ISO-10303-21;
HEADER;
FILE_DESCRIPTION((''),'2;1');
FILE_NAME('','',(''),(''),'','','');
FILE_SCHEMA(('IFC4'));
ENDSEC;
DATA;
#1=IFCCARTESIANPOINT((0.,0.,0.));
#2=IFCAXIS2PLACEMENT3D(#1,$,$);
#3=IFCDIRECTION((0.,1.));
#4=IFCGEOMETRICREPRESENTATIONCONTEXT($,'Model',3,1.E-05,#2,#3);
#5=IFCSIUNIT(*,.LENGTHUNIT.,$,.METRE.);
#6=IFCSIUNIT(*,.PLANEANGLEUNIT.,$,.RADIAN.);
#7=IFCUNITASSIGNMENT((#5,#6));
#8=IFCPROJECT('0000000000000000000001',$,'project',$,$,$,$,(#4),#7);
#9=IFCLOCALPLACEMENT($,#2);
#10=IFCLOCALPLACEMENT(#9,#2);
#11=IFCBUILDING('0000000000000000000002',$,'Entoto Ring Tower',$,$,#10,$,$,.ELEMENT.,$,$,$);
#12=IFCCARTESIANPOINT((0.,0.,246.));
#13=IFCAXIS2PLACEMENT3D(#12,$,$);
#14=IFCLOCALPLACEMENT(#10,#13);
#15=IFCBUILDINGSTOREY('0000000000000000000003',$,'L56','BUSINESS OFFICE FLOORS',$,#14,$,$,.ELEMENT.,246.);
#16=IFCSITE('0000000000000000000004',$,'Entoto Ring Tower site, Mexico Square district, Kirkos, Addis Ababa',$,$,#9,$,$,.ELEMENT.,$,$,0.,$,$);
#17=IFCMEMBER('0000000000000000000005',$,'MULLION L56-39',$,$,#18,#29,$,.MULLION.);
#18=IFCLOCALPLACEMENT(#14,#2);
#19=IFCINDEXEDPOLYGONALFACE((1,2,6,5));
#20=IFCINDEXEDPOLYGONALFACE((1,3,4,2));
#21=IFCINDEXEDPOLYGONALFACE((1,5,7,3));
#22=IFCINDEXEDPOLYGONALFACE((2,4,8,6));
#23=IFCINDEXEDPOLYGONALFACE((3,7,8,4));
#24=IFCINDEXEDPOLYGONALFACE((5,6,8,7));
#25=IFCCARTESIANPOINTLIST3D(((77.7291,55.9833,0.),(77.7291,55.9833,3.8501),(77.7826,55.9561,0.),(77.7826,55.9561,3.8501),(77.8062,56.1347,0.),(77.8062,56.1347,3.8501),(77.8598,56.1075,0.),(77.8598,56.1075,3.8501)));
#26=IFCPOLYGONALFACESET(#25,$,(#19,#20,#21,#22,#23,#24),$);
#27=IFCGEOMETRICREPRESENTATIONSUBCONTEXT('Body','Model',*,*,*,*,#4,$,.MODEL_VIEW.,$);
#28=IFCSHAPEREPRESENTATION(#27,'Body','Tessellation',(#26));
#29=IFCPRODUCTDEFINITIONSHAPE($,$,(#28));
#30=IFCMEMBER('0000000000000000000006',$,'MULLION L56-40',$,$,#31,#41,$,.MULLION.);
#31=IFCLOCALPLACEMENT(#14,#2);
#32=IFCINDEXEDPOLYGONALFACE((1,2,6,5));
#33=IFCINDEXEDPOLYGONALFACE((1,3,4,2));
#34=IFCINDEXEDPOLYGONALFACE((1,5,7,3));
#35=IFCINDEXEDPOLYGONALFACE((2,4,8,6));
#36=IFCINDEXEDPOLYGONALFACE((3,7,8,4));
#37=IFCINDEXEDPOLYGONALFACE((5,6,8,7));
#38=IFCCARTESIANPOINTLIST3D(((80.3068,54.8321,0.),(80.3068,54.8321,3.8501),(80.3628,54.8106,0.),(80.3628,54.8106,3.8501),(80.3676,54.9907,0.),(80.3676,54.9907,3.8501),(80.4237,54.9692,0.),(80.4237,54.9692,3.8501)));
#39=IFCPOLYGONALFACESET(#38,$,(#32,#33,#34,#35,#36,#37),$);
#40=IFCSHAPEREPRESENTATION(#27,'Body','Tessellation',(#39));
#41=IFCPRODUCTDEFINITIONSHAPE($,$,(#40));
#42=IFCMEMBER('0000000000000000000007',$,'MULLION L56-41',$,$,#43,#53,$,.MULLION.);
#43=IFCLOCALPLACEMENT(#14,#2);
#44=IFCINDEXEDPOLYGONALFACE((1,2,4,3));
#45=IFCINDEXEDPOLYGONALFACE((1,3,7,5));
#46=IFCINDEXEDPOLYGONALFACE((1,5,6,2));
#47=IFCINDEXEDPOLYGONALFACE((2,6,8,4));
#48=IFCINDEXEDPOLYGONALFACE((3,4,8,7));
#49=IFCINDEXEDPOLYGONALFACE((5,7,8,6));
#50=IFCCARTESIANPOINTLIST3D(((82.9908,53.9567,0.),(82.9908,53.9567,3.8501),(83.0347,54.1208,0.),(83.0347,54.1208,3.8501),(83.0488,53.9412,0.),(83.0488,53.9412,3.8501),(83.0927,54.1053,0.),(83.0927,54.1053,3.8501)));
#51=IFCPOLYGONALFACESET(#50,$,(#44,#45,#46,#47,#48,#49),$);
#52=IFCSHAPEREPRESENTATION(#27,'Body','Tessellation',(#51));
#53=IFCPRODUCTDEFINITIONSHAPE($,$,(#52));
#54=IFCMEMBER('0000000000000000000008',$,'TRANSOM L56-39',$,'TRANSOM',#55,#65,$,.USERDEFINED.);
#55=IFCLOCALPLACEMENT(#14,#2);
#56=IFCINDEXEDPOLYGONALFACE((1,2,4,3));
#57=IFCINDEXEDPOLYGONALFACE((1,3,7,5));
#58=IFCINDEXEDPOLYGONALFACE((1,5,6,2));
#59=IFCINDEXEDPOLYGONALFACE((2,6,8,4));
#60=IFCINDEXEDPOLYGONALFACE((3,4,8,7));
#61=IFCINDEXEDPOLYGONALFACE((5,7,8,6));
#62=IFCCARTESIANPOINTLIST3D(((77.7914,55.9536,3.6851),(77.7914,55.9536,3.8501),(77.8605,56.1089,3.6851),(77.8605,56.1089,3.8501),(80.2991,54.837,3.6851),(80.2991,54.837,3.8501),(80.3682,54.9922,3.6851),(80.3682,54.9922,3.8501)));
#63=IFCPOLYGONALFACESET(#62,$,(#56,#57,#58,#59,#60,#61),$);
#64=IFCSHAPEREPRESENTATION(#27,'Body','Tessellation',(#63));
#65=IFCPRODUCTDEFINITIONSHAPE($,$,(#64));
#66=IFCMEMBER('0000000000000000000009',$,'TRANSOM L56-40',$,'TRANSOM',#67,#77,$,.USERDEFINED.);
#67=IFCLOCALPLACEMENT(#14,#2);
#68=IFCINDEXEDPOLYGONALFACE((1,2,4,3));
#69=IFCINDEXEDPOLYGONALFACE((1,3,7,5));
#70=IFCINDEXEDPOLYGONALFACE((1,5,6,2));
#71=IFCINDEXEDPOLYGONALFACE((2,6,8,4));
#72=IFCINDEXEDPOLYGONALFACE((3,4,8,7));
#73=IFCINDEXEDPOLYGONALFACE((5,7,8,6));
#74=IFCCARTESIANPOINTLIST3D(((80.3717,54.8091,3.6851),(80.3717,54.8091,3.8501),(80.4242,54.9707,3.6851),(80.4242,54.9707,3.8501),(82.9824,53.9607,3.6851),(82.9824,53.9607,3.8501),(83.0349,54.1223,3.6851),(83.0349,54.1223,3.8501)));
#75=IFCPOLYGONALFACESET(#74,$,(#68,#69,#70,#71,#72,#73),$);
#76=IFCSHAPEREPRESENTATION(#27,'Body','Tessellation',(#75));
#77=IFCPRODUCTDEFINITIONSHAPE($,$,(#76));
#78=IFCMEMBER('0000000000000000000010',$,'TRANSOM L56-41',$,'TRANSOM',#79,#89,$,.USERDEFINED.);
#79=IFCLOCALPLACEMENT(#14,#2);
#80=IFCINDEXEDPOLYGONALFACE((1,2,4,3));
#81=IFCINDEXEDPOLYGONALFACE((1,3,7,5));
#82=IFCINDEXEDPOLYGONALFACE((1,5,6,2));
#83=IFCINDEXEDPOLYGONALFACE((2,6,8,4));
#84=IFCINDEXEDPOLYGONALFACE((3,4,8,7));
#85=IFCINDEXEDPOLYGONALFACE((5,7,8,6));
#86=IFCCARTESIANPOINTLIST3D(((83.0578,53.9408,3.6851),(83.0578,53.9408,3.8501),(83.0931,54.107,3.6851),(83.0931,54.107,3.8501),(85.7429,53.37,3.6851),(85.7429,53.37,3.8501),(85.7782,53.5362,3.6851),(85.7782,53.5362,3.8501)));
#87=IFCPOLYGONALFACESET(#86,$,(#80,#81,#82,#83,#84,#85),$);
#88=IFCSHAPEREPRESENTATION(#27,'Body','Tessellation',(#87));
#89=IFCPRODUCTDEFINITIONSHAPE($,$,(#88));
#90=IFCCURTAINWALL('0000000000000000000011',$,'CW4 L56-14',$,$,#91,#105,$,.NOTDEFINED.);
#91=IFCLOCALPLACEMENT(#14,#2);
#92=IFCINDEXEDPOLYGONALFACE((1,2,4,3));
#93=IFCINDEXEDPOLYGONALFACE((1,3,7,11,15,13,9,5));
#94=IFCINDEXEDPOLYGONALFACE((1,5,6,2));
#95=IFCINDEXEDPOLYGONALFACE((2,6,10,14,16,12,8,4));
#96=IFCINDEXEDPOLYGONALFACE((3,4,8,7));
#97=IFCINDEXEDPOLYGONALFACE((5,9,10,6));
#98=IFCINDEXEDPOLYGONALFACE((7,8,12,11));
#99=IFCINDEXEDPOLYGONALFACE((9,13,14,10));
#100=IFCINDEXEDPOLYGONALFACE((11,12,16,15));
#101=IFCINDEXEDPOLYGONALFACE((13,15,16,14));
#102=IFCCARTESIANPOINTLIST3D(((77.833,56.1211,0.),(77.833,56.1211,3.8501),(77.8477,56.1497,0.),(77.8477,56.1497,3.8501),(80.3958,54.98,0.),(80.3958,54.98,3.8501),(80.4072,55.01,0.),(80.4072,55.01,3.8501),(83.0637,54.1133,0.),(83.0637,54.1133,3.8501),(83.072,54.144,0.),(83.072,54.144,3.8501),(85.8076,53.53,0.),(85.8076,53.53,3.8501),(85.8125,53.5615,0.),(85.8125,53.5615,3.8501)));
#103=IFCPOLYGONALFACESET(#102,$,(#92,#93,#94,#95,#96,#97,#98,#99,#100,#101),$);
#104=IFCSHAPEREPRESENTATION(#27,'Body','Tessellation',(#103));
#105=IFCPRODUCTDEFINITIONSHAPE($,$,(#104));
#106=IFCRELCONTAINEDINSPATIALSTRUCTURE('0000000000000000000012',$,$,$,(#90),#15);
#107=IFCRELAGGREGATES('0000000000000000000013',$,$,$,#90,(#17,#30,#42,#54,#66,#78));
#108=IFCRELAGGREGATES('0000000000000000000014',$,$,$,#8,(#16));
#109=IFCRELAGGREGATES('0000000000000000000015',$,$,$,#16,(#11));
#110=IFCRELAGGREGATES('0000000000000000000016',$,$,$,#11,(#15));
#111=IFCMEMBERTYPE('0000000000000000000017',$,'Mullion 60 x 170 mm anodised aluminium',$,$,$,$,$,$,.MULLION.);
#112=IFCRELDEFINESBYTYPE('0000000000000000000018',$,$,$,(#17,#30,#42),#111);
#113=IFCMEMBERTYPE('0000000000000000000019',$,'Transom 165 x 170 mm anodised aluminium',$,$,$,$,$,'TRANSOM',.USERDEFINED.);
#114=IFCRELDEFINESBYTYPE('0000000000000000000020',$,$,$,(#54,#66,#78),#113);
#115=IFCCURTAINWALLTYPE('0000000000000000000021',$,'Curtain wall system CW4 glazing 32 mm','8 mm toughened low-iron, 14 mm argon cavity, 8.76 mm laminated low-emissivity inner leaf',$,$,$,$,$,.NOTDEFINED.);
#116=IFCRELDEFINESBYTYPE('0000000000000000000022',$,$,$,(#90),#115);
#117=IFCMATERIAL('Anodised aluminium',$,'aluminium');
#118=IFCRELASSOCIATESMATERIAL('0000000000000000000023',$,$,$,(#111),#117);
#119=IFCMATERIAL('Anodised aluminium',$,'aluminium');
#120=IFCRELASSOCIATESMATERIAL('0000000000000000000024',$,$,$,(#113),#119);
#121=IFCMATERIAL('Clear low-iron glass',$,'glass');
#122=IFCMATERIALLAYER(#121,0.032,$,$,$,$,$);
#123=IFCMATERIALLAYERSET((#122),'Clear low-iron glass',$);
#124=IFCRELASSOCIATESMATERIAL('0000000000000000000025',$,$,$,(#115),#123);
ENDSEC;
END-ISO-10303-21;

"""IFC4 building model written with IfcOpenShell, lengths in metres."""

from ifc_helpers import new_model, si_unit, direction, frame, origin, origin_2d, place, context, subcontext, project, spatial, polyline, rectangle, outline, extrude, material, layer, layer_set, material_profile, profile_set, type_object, element, aggregate, save


model = new_model("IFC4")

# Units and contexts
model_context = context("Model", 3, precision=1e-05, world=origin(), true_north=direction((0.0, 1.0)))
body_context = subcontext(model_context, "Body", "Model", "MODEL_VIEW")
ifc_project = project(units=[si_unit("LENGTHUNIT", "METRE"), si_unit("PLANEANGLEUNIT", "RADIAN")], contexts=[model_context])

# Members
ifc_material_1 = material(Name="Anodised aluminium", Category="aluminium")
ifc_material_profile_1 = material_profile(ifc_material_1, rectangle(XDim=0.0601, YDim=0.1699, at=origin_2d()), Name="Mullion 60 x 170 mm anodised aluminium")
ifc_profile_set_1 = profile_set([ifc_material_profile_1], Name="Anodised aluminium")
member_type_1 = type_object("IfcMemberType", Name="Mullion 60 x 170 mm anodised aluminium", PredefinedType="MULLION", material=ifc_profile_set_1)
site_placement = place(None, origin())
building_placement = place(site_placement, origin())
storey_placement = place(building_placement, frame((0.0, 0.0, 246.0)))
member_1_placement = place(storey_placement, frame((77.7944, 56.0454, 0.0), z_axis=(0.0, 0.0, 1.0), x_axis=(0.891007, -0.45399, 0.0)))
member_1 = element("IfcMember", 1, at=member_1_placement, type_object=member_type_1, Name="MULLION L56-39", PredefinedType="MULLION", context=body_context, shape_type="SweptSolid", body=[
    extrude(rectangle(XDim=0.0601, YDim=0.1699, at=origin_2d()), origin(), (0.0, 0.0, 1.0), 3.8501),
])
member_2_placement = place(storey_placement, frame((80.3652, 54.9006, 0.0), z_axis=(0.0, 0.0, 1.0), x_axis=(0.93358, -0.358368, 0.0)))
member_2 = element("IfcMember", 2, at=member_2_placement, type_object=member_type_1, Name="MULLION L56-40", PredefinedType="MULLION", context=body_context, shape_type="SweptSolid", body=[
    extrude(rectangle(XDim=0.0601, YDim=0.1699, at=origin_2d()), origin(), (0.0, 0.0, 1.0), 3.8501),
])
member_3_placement = place(storey_placement, frame((83.0417, 54.031, 0.0), z_axis=(0.0, 0.0, 1.0), x_axis=(0.965926, -0.258819, 0.0)))
member_3 = element("IfcMember", 3, at=member_3_placement, type_object=member_type_1, Name="MULLION L56-41", PredefinedType="MULLION", context=body_context, shape_type="SweptSolid", body=[
    extrude(rectangle(XDim=0.0601, YDim=0.1699, at=origin_2d()), origin(), (0.0, 0.0, 1.0), 3.8501),
])
ifc_material_2 = material(Name="Anodised aluminium", Category="aluminium")
ifc_material_profile_2 = material_profile(ifc_material_2, rectangle(XDim=0.1699, YDim=0.165, at=origin_2d()), Name="Transom 165 x 170 mm anodised aluminium")
ifc_profile_set_2 = profile_set([ifc_material_profile_2], Name="Anodised aluminium")
member_type_2 = type_object("IfcMemberType", Name="Transom 165 x 170 mm anodised aluminium", ElementType="TRANSOM", PredefinedType="USERDEFINED", material=ifc_profile_set_2)
member_4_placement = place(storey_placement, frame((77.8259, 56.0312, 3.7676), z_axis=(0.913525, -0.406782, 0.0), x_axis=(0.406782, 0.913525, 0.0)))
member_4 = element("IfcMember", 4, at=member_4_placement, type_object=member_type_2, Name="TRANSOM L56-39", ObjectType="TRANSOM", PredefinedType="USERDEFINED", context=body_context, shape_type="SweptSolid", body=[
    extrude(rectangle(XDim=0.1699, YDim=0.165, at=origin_2d()), origin(), (0.0, 0.0, 1.0), 2.7451),
])
member_5_placement = place(storey_placement, frame((80.3979, 54.8899, 3.7676), z_axis=(0.951048, -0.309042, 0.0), x_axis=(0.309042, 0.951048, 0.0)))
member_5 = element("IfcMember", 5, at=member_5_placement, type_object=member_type_2, Name="TRANSOM L56-40", ObjectType="TRANSOM", PredefinedType="USERDEFINED", context=body_context, shape_type="SweptSolid", body=[
    extrude(rectangle(XDim=0.1699, YDim=0.165, at=origin_2d()), origin(), (0.0, 0.0, 1.0), 2.7451),
])
member_6_placement = place(storey_placement, frame((83.0754, 54.0239, 3.7676), z_axis=(0.978142, -0.207937, 0.0), x_axis=(0.207937, 0.978142, 0.0)))
member_6 = element("IfcMember", 6, at=member_6_placement, type_object=member_type_2, Name="TRANSOM L56-41", ObjectType="TRANSOM", PredefinedType="USERDEFINED", context=body_context, shape_type="SweptSolid", body=[
    extrude(rectangle(XDim=0.1699, YDim=0.165, at=origin_2d()), origin(), (0.0, 0.0, 1.0), 2.7451),
])

# Site, building, storey
site = spatial("IfcSite", under=ifc_project, at=site_placement, Name="Entoto Ring Tower site, Mexico Square district, Kirkos, Addis Ababa", CompositionType="ELEMENT", RefElevation=0.0)
building = spatial("IfcBuilding", under=site, at=building_placement, Name="Entoto Ring Tower", CompositionType="ELEMENT")
storey = spatial("IfcBuildingStorey", under=building, at=storey_placement, Name="L56", Description="BUSINESS OFFICE FLOORS", CompositionType="ELEMENT", Elevation=246.0)

# Curtain wall
ifc_material_3 = material(Name="Clear low-iron glass", Category="glass")
ifc_layer = layer(ifc_material_3, 0.032)
ifc_layer_set = layer_set([ifc_layer], Name="Clear low-iron glass")
curtain_wall_type = type_object("IfcCurtainWallType", Name="Curtain wall system CW4 glazing 32 mm", Description="8 mm toughened low-iron, 14 mm argon cavity, 8.76 mm laminated low-emissivity inner leaf", PredefinedType="NOTDEFINED", material=ifc_layer_set)
curtain_wall_1_placement = place(storey_placement, origin())
curtain_wall_1 = element("IfcCurtainWall", 7, at=curtain_wall_1_placement, inside=storey, type_object=curtain_wall_type, Name="CW4 L56-14", PredefinedType="NOTDEFINED", context=body_context, shape_type="SweptSolid", body=[
    extrude(outline(polyline([(77.833, 56.1211), (80.3958, 54.98), (83.0637, 54.1133), (85.8076, 53.53), (85.8125, 53.5615), (83.072, 54.144), (80.4072, 55.01), (77.8477, 56.1497), (77.833, 56.1211)])), origin(), (0.0, 0.0, 1.0), 3.8501),
])
aggregate(curtain_wall_1, [member_1, member_2, member_3, member_4, member_5, member_6])

save(model, "model.ifc")
